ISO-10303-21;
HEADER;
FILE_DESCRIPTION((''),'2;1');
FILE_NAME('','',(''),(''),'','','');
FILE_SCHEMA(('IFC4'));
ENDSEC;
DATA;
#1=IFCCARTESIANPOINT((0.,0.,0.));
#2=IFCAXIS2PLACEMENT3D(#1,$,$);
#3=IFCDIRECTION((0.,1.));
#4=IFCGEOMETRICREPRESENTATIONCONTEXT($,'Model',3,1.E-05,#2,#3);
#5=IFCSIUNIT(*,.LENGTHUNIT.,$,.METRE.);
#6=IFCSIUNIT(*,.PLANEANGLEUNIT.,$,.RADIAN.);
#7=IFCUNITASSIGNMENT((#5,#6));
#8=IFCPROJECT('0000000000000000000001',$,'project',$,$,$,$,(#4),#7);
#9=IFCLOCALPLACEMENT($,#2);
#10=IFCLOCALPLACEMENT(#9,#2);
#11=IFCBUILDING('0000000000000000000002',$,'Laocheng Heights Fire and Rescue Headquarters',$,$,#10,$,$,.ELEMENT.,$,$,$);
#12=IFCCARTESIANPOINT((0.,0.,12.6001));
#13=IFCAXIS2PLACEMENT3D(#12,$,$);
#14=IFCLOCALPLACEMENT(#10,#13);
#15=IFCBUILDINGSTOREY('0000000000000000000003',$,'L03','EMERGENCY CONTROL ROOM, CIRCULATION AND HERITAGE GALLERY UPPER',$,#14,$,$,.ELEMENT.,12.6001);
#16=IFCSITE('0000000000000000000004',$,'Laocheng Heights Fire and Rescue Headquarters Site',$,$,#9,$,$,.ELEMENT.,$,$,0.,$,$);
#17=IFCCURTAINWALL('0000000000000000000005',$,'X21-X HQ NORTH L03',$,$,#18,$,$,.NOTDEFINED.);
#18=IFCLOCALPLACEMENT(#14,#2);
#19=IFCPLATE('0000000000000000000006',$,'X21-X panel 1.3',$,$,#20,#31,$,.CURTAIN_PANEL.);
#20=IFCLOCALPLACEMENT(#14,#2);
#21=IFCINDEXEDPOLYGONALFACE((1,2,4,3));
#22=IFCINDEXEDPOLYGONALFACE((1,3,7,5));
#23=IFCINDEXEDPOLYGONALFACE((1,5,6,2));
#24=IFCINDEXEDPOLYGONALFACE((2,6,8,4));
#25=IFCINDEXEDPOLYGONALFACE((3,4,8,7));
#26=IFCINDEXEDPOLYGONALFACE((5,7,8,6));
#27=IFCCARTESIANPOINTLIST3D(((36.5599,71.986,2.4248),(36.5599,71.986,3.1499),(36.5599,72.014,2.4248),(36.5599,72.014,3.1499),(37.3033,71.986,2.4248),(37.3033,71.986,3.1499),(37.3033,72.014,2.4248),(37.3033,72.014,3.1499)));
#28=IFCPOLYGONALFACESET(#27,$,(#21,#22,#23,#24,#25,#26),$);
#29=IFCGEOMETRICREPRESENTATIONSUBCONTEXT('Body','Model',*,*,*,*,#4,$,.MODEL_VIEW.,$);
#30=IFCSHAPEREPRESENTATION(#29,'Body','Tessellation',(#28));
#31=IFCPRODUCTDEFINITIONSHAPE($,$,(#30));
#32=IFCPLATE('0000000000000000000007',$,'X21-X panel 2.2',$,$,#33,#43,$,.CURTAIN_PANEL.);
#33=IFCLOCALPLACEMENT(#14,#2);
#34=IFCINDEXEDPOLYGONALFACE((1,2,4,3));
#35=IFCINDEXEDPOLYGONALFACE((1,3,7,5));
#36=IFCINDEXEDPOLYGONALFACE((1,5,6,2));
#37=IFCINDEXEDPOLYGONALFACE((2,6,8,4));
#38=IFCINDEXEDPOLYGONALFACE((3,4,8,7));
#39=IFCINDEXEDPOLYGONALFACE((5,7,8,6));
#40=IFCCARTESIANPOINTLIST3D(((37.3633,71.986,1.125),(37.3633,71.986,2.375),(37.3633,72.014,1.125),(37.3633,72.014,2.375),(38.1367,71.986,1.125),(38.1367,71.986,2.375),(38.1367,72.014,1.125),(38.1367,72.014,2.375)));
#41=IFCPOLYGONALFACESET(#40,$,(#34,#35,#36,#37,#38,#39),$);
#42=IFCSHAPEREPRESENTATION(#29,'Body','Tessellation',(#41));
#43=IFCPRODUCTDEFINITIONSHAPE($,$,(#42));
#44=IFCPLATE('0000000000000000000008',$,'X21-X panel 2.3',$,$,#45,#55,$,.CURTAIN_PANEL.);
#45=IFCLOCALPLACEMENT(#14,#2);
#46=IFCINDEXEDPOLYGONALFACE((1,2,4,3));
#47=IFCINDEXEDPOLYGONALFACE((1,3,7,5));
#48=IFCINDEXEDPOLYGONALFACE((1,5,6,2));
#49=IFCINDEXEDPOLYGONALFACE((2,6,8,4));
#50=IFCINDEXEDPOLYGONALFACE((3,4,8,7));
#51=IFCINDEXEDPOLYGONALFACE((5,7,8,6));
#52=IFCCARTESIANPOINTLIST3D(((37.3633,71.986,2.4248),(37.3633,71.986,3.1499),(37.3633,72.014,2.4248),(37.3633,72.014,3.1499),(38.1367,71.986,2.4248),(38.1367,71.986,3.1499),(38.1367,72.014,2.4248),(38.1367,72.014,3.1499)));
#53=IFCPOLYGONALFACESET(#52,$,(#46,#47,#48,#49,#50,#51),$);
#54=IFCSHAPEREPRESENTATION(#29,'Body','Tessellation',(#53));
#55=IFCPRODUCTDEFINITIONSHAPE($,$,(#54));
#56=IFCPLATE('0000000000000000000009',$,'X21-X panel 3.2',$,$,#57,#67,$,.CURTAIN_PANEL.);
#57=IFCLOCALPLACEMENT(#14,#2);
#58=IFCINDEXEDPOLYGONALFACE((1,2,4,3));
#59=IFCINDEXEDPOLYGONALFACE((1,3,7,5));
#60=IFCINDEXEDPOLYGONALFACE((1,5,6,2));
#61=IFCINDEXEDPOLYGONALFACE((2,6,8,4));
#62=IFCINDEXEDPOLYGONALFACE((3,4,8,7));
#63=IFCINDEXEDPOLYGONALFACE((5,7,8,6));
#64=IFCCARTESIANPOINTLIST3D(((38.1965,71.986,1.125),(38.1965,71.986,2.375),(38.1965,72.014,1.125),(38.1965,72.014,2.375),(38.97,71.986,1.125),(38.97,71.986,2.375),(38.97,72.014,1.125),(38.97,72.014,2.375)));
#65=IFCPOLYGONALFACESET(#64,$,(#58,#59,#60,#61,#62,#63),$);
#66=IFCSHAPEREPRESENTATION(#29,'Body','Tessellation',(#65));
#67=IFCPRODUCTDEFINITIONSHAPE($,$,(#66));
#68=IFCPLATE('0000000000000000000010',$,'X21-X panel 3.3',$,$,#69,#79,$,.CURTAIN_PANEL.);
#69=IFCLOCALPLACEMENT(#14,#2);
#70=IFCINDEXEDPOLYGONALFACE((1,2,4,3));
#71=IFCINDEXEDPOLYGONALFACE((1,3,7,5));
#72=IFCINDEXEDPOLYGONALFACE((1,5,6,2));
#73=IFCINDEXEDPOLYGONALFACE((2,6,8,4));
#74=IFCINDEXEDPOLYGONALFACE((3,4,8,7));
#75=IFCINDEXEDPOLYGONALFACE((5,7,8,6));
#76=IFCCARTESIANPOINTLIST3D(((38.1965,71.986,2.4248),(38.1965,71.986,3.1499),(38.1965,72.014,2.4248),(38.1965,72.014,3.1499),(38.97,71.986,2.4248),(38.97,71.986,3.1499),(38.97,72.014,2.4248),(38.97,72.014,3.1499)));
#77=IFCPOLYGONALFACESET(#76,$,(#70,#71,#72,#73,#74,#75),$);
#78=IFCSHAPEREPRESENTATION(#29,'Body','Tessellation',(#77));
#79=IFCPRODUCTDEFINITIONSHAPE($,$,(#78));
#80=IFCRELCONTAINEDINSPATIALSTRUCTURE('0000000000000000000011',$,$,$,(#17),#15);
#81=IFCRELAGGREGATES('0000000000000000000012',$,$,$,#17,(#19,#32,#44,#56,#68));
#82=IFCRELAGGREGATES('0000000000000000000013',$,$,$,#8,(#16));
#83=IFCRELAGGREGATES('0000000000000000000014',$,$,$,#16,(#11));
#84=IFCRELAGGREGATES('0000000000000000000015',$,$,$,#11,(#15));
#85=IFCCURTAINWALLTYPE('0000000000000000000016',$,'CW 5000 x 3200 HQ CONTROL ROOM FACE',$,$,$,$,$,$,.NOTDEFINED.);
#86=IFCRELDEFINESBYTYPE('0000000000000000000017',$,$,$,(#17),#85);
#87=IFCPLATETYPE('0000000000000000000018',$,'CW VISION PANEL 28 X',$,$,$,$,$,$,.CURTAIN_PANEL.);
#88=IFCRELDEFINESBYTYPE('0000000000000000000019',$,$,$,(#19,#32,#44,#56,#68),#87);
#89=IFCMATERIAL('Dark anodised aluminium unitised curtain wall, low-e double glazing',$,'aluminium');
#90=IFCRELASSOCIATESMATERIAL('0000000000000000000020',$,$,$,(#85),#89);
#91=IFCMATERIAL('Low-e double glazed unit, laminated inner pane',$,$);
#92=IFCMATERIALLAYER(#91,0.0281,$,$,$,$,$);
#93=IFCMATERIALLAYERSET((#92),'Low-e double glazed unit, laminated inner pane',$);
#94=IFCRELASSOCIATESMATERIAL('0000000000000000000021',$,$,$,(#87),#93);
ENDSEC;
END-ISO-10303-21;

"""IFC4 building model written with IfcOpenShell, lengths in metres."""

from ifc_helpers import new_model, si_unit, direction, frame, origin, origin_2d, place, context, subcontext, project, spatial, rectangle, extrude, material, layer, layer_set, type_object, element, aggregate, save


model = new_model("IFC4")

# Units and contexts
model_context = context("Model", 3, precision=1e-05, world=origin(), true_north=direction((0.0, 1.0)))
body_context = subcontext(model_context, "Body", "Model", "MODEL_VIEW")
ifc_project = project(units=[si_unit("LENGTHUNIT", "METRE"), si_unit("PLANEANGLEUNIT", "RADIAN")], contexts=[model_context])

# Site, building, storey
site_placement = place(None, origin())
site = spatial("IfcSite", under=ifc_project, at=site_placement, Name="Laocheng Heights Fire and Rescue Headquarters Site", CompositionType="ELEMENT", RefElevation=0.0)
building_placement = place(site_placement, origin())
building = spatial("IfcBuilding", under=site, at=building_placement, Name="Laocheng Heights Fire and Rescue Headquarters", CompositionType="ELEMENT")
storey_placement = place(building_placement, frame((0.0, 0.0, 12.6001)))
storey = spatial("IfcBuildingStorey", under=building, at=storey_placement, Name="L03", Description="EMERGENCY CONTROL ROOM, CIRCULATION AND HERITAGE GALLERY UPPER", CompositionType="ELEMENT", Elevation=12.6001)

# Curtain wall, plates
ifc_material_1 = material(Name="Dark anodised aluminium unitised curtain wall, low-e double glazing", Category="aluminium")
curtain_wall_type = type_object("IfcCurtainWallType", Name="CW 5000 x 3200 HQ CONTROL ROOM FACE", PredefinedType="NOTDEFINED", material=ifc_material_1)
curtain_wall_placement = place(storey_placement, origin())
curtain_wall = element("IfcCurtainWall", 1, at=curtain_wall_placement, inside=storey, type_object=curtain_wall_type, Name="X21-X HQ NORTH L03", PredefinedType="NOTDEFINED")
ifc_material_2 = material(Name="Low-e double glazed unit, laminated inner pane")
ifc_layer_1 = layer(ifc_material_2, 0.0281)
ifc_layer_set_1 = layer_set([ifc_layer_1], Name="Low-e double glazed unit, laminated inner pane")
plate_type_1 = type_object("IfcPlateType", Name="CW VISION PANEL 28 X", PredefinedType="CURTAIN_PANEL", material=ifc_layer_set_1)
plate_1_placement = place(storey_placement, frame((36.9316, 72.0, 2.4248), z_axis=(0.0, 0.0, 1.0), x_axis=(1.0, 0.0, 0.0)))
plate_1 = element("IfcPlate", 2, at=plate_1_placement, type_object=plate_type_1, Name="X21-X panel 1.3", PredefinedType="CURTAIN_PANEL", context=body_context, shape_type="SweptSolid", body=[
    extrude(rectangle(XDim=0.7434, YDim=0.0281, at=origin_2d()), origin(), (0.0, 0.0, 1.0), 0.7251),
])
plate_2_placement = place(storey_placement, frame((37.75, 72.0, 1.125), z_axis=(0.0, 0.0, 1.0), x_axis=(1.0, 0.0, 0.0)))
plate_2 = element("IfcPlate", 3, at=plate_2_placement, type_object=plate_type_1, Name="X21-X panel 2.2", PredefinedType="CURTAIN_PANEL", context=body_context, shape_type="SweptSolid", body=[
    extrude(rectangle(XDim=0.7734, YDim=0.0281, at=origin_2d()), origin(), (0.0, 0.0, 1.0), 1.25),
])
plate_3_placement = place(storey_placement, frame((37.75, 72.0, 2.4248), z_axis=(0.0, 0.0, 1.0), x_axis=(1.0, 0.0, 0.0)))
plate_3 = element("IfcPlate", 4, at=plate_3_placement, type_object=plate_type_1, Name="X21-X panel 2.3", PredefinedType="CURTAIN_PANEL", context=body_context, shape_type="SweptSolid", body=[
    extrude(rectangle(XDim=0.7734, YDim=0.0281, at=origin_2d()), origin(), (0.0, 0.0, 1.0), 0.7251),
])
plate_4_placement = place(storey_placement, frame((38.5833, 72.0, 1.125), z_axis=(0.0, 0.0, 1.0), x_axis=(1.0, 0.0, 0.0)))
plate_4 = element("IfcPlate", 5, at=plate_4_placement, type_object=plate_type_1, Name="X21-X panel 3.2", PredefinedType="CURTAIN_PANEL", context=body_context, shape_type="SweptSolid", body=[
    extrude(rectangle(XDim=0.7734, YDim=0.0281, at=origin_2d()), origin(), (0.0, 0.0, 1.0), 1.25),
])
plate_5_placement = place(storey_placement, frame((38.5833, 72.0, 2.4248), z_axis=(0.0, 0.0, 1.0), x_axis=(1.0, 0.0, 0.0)))
plate_5 = element("IfcPlate", 6, at=plate_5_placement, type_object=plate_type_1, Name="X21-X panel 3.3", PredefinedType="CURTAIN_PANEL", context=body_context, shape_type="SweptSolid", body=[
    extrude(rectangle(XDim=0.7734, YDim=0.0281, at=origin_2d()), origin(), (0.0, 0.0, 1.0), 0.7251),
])
aggregate(curtain_wall, [plate_1, plate_2, plate_3, plate_4, plate_5])

save(model, "model.ifc")
